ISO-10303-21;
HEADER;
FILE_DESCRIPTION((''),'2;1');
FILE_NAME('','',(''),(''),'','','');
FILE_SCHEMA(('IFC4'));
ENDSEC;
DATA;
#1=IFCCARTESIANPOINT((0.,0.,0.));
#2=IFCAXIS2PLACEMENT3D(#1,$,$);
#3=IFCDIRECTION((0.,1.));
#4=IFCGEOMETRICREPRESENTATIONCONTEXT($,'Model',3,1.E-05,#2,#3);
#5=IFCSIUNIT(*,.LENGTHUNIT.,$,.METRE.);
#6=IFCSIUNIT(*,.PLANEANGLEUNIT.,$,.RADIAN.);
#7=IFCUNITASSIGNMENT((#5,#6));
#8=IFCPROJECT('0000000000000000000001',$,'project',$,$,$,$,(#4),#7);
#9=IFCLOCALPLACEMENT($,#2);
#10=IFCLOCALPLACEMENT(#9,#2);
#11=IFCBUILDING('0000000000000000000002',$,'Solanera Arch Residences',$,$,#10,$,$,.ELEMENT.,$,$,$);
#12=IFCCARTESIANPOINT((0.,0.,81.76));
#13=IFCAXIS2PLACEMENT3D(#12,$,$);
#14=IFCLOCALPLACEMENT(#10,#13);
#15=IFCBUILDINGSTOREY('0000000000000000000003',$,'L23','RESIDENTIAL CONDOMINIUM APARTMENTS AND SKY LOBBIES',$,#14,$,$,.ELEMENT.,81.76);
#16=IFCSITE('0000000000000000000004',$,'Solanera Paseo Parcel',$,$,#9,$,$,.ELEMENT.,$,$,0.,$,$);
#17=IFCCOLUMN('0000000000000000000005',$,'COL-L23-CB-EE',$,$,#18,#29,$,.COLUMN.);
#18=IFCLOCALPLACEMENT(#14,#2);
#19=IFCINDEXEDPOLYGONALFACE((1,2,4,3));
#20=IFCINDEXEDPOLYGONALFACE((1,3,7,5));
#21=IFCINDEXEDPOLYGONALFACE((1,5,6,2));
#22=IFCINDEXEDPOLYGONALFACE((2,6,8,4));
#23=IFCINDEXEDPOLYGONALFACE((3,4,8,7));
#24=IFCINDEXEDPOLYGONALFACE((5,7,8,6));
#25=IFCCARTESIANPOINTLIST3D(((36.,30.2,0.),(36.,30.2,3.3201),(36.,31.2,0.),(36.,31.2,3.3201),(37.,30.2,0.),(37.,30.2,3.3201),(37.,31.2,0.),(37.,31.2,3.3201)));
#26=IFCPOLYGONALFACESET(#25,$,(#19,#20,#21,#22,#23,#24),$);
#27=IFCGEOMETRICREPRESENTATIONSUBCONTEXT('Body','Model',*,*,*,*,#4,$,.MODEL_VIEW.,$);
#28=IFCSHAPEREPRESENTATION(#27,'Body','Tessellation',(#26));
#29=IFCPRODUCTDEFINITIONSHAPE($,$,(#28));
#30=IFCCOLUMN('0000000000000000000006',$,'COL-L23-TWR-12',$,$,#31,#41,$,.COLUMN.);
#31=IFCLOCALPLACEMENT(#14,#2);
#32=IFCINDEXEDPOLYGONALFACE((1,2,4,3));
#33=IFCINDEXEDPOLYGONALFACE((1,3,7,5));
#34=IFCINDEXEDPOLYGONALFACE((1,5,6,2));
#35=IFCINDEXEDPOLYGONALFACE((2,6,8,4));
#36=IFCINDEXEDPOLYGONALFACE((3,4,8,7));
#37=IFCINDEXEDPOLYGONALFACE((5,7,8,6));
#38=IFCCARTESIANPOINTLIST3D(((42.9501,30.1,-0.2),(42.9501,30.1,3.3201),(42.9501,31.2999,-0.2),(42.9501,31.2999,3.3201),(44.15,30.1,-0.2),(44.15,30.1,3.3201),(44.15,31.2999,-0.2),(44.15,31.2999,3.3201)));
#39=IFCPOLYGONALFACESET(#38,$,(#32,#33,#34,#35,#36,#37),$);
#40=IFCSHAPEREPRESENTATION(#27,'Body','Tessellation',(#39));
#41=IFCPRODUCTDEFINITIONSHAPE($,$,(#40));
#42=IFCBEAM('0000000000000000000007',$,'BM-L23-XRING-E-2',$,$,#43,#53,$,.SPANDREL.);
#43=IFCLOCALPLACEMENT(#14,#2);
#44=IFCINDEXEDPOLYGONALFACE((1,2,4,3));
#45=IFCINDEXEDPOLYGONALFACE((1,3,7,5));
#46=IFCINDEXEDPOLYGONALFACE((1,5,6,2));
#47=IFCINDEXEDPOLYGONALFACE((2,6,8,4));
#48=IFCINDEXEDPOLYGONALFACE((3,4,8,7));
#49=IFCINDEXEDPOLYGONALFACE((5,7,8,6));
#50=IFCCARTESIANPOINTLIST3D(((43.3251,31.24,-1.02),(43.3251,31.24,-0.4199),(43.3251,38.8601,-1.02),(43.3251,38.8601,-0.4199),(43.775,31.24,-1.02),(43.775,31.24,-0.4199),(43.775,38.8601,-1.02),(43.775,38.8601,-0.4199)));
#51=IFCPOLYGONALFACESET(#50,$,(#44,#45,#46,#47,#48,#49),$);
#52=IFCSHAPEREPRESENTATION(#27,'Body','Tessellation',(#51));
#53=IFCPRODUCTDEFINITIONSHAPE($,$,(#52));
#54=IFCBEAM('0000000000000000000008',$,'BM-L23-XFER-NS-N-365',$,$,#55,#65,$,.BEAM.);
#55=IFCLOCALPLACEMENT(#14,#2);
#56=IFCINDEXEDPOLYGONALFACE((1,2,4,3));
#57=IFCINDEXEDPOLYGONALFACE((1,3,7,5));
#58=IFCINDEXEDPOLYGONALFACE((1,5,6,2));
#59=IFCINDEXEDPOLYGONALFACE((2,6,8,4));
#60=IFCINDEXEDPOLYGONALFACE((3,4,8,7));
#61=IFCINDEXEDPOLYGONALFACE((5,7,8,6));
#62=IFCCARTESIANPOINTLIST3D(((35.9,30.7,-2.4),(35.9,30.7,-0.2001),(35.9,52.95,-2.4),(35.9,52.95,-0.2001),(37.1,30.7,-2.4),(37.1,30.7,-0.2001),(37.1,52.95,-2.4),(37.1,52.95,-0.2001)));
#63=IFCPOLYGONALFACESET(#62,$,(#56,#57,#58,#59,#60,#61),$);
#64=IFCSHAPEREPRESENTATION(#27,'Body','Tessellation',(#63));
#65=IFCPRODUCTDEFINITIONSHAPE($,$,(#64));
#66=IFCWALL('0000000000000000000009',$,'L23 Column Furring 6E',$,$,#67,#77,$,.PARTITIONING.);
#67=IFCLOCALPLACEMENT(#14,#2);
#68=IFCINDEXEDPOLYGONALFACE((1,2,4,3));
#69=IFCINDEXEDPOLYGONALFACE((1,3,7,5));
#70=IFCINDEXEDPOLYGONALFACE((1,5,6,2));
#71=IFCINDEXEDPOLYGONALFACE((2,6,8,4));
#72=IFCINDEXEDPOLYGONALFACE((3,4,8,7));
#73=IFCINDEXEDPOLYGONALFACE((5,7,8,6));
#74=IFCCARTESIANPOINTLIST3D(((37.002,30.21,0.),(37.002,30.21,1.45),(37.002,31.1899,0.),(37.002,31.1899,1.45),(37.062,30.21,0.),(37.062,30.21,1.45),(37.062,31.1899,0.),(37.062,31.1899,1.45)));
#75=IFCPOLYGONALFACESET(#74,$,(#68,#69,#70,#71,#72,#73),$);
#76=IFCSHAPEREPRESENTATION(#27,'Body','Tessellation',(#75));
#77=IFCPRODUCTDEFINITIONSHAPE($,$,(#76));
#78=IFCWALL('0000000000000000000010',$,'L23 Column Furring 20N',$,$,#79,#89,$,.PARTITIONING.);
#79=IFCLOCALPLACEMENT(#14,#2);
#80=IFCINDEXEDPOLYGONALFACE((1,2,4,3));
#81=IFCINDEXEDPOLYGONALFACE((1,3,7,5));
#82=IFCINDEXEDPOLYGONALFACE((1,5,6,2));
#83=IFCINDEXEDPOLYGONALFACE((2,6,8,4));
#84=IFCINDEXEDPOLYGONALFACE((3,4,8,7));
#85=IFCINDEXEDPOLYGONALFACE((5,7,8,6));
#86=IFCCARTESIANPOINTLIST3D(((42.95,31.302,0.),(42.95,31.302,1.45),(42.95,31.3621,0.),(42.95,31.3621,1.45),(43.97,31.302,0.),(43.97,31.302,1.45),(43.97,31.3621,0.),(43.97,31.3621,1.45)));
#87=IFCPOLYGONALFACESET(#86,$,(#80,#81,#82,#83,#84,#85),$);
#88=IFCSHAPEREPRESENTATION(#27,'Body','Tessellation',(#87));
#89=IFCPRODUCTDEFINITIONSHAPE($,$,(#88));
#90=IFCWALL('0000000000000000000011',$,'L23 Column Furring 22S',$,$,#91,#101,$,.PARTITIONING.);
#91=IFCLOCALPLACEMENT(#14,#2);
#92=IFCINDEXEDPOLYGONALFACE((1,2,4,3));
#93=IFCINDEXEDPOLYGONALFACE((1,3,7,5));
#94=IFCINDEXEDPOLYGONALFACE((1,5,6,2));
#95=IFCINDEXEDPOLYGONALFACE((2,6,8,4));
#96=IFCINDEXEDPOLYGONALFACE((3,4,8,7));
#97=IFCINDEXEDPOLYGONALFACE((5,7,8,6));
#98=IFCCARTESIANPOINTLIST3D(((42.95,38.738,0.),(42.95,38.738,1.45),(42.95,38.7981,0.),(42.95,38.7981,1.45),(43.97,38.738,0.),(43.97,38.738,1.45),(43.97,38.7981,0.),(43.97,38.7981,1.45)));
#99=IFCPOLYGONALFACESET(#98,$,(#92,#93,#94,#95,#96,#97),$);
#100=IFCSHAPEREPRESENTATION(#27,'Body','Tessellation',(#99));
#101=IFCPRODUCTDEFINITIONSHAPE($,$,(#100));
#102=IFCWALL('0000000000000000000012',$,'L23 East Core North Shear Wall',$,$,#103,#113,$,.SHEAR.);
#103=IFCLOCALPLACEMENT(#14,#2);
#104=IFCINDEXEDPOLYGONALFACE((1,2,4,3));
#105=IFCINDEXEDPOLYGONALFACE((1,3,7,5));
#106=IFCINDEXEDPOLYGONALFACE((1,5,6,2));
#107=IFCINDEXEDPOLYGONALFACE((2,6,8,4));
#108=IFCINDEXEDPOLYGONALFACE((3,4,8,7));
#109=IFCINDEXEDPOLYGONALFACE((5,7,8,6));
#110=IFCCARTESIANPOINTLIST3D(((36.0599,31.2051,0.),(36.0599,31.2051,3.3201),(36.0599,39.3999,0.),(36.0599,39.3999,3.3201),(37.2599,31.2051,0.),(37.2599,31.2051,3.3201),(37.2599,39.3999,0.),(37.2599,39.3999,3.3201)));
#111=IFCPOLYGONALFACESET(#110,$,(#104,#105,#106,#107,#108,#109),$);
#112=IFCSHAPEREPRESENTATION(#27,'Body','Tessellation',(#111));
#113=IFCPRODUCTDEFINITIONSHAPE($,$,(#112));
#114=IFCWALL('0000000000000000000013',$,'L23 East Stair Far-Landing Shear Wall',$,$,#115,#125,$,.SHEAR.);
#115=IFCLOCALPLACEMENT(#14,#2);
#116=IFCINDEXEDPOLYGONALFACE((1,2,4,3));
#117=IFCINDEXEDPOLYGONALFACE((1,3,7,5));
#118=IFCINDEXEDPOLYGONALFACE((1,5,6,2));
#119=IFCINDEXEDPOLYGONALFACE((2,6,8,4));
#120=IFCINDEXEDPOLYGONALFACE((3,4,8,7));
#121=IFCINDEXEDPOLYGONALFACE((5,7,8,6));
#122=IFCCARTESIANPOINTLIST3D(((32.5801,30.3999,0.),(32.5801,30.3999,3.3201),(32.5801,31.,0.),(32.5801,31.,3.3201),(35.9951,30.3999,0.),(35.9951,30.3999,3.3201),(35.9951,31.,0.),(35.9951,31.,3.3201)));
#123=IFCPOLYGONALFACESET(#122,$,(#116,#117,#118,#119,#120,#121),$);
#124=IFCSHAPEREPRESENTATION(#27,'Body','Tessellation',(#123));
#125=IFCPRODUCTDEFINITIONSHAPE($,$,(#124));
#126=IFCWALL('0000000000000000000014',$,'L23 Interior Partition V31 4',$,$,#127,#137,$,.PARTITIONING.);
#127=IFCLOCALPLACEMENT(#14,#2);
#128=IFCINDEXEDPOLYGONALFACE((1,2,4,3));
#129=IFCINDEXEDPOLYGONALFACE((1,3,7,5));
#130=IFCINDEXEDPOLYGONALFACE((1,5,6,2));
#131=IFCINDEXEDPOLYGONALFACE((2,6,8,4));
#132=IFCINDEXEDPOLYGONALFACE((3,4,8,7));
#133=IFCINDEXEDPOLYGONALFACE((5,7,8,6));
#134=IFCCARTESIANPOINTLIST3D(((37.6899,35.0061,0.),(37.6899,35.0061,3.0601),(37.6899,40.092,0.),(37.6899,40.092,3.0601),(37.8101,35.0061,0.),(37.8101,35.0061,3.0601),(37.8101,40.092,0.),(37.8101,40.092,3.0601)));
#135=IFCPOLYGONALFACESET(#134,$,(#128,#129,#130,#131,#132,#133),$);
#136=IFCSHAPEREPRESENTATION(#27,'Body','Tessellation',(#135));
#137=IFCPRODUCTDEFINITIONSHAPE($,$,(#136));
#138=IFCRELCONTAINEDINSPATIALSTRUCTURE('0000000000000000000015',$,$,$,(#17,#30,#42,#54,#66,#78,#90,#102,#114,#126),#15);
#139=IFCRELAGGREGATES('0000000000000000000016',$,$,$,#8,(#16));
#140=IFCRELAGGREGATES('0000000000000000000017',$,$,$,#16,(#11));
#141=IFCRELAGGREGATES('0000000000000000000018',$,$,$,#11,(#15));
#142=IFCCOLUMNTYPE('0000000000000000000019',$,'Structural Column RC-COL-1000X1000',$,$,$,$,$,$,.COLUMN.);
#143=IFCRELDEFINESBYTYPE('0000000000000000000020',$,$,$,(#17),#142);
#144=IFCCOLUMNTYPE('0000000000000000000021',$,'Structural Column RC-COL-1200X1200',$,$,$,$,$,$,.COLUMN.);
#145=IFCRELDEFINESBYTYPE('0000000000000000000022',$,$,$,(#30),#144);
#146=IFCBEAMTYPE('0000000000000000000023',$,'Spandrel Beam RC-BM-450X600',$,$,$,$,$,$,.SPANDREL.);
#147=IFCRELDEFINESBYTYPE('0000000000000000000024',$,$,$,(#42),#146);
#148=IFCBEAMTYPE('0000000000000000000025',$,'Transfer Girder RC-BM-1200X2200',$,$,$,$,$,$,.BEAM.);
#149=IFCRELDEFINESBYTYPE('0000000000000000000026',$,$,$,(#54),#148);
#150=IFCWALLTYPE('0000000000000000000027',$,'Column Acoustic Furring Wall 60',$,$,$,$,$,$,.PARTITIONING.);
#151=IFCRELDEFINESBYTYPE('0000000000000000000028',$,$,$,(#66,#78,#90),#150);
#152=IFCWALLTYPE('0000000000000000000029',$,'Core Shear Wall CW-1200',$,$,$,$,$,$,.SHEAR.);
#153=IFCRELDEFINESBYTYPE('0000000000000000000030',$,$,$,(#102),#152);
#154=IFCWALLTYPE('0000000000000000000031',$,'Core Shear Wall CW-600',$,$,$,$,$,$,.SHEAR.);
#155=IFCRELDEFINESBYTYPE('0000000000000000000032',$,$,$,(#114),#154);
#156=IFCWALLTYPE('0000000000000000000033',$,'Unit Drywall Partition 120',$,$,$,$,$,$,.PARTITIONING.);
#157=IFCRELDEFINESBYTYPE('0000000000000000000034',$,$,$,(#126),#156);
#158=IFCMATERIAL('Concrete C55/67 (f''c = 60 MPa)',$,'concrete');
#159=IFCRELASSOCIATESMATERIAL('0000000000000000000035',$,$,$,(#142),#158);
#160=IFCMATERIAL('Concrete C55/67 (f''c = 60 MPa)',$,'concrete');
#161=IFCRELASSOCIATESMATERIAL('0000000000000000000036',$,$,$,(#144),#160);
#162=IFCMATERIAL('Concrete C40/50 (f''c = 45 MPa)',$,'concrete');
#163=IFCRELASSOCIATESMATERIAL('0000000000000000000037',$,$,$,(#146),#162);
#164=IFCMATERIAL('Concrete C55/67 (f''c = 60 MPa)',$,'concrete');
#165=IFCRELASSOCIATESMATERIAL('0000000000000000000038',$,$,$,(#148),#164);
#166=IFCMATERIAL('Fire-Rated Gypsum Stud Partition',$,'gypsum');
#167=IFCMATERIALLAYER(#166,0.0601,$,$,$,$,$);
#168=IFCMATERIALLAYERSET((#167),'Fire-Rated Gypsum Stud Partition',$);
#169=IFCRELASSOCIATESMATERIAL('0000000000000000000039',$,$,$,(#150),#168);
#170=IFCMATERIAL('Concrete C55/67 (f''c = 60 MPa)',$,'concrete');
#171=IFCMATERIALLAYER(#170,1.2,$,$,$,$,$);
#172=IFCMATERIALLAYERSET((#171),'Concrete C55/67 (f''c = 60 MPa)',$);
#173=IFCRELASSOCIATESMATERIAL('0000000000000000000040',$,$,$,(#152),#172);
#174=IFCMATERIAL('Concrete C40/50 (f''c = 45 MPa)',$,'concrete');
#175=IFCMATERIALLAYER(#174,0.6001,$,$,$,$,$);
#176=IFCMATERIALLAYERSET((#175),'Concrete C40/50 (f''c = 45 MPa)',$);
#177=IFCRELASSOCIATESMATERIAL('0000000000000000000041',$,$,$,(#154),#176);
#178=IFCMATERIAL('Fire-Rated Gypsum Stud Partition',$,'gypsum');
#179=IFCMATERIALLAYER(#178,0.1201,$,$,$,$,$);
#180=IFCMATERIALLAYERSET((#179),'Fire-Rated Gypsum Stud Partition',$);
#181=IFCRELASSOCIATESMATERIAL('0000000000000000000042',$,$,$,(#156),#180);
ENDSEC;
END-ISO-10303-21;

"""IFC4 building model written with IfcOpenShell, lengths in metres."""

from ifc_helpers import new_model, si_unit, direction, frame, frame_2d, origin, origin_2d, place, context, subcontext, project, spatial, rectangle, extrude, material, layer, layer_set, material_profile, profile_set, type_object, element, save


model = new_model("IFC4")

# Units and contexts
model_context = context("Model", 3, precision=1e-05, world=origin(), true_north=direction((0.0, 1.0)))
body_context = subcontext(model_context, "Body", "Model", "MODEL_VIEW")
ifc_project = project(units=[si_unit("LENGTHUNIT", "METRE"), si_unit("PLANEANGLEUNIT", "RADIAN")], contexts=[model_context])

# Site, building, storey
site_placement = place(None, origin())
site = spatial("IfcSite", under=ifc_project, at=site_placement, Name="Solanera Paseo Parcel", CompositionType="ELEMENT", RefElevation=0.0)
building_placement = place(site_placement, origin())
building = spatial("IfcBuilding", under=site, at=building_placement, Name="Solanera Arch Residences", CompositionType="ELEMENT")
storey_placement = place(building_placement, frame((0.0, 0.0, 81.76)))
storey = spatial("IfcBuildingStorey", under=building, at=storey_placement, Name="L23", Description="RESIDENTIAL CONDOMINIUM APARTMENTS AND SKY LOBBIES", CompositionType="ELEMENT", Elevation=81.76)

# Columns
ifc_material_1 = material(Name="Concrete C55/67 (f'c = 60 MPa)", Category="concrete")
ifc_material_profile_1 = material_profile(ifc_material_1, rectangle(XDim=1.0, YDim=1.0, at=origin_2d()))
ifc_profile_set_1 = profile_set([ifc_material_profile_1], Name="Concrete C55/67 (f'c = 60 MPa)")
column_type_1 = type_object("IfcColumnType", Name="Structural Column RC-COL-1000X1000", PredefinedType="COLUMN", material=ifc_profile_set_1)
column_1_placement = place(storey_placement, frame((36.5, 30.7, 0.0), z_axis=(0.0, 0.0, 1.0), x_axis=(1.0, 0.0, 0.0)))
element("IfcColumn", 1, at=column_1_placement, inside=storey, type_object=column_type_1, Name="COL-L23-CB-EE", PredefinedType="COLUMN", context=body_context, shape_type="SweptSolid", body=[
    extrude(rectangle(XDim=1.0, YDim=1.0, at=origin_2d()), origin(), (0.0, 0.0, 1.0), 3.3201),
])
ifc_material_2 = material(Name="Concrete C55/67 (f'c = 60 MPa)", Category="concrete")
ifc_material_profile_2 = material_profile(ifc_material_2, rectangle(XDim=1.2, YDim=1.2, at=origin_2d()))
ifc_profile_set_2 = profile_set([ifc_material_profile_2], Name="Concrete C55/67 (f'c = 60 MPa)")
column_type_2 = type_object("IfcColumnType", Name="Structural Column RC-COL-1200X1200", PredefinedType="COLUMN", material=ifc_profile_set_2)
column_2_placement = place(storey_placement, frame((43.55, 30.7, -0.2), z_axis=(0.0, 0.0, 1.0), x_axis=(1.0, 0.0, 0.0)))
element("IfcColumn", 2, at=column_2_placement, inside=storey, type_object=column_type_2, Name="COL-L23-TWR-12", PredefinedType="COLUMN", context=body_context, shape_type="SweptSolid", body=[
    extrude(rectangle(XDim=1.2, YDim=1.2, at=origin_2d()), origin(), (0.0, 0.0, 1.0), 3.52),
])

# Beams
ifc_material_3 = material(Name="Concrete C40/50 (f'c = 45 MPa)", Category="concrete")
ifc_material_profile_3 = material_profile(ifc_material_3, rectangle(XDim=0.45, YDim=0.6001, at=origin_2d()))
ifc_profile_set_3 = profile_set([ifc_material_profile_3], Name="Concrete C40/50 (f'c = 45 MPa)")
beam_type_1 = type_object("IfcBeamType", Name="Spandrel Beam RC-BM-450X600", PredefinedType="SPANDREL", material=ifc_profile_set_3)
beam_1_placement = place(storey_placement, frame((43.55, 31.24, -0.72), z_axis=(0.0, 1.0, 0.0), x_axis=(-1.0, 0.0, 0.0)))
element("IfcBeam", 3, at=beam_1_placement, inside=storey, type_object=beam_type_1, Name="BM-L23-XRING-E-2", PredefinedType="SPANDREL", context=body_context, shape_type="SweptSolid", body=[
    extrude(rectangle(XDim=0.45, YDim=0.6001, at=origin_2d()), origin(), (0.0, 0.0, 1.0), 7.6201),
])
ifc_material_4 = material(Name="Concrete C55/67 (f'c = 60 MPa)", Category="concrete")
ifc_material_profile_4 = material_profile(ifc_material_4, rectangle(XDim=1.2, YDim=2.2, at=origin_2d()))
ifc_profile_set_4 = profile_set([ifc_material_profile_4], Name="Concrete C55/67 (f'c = 60 MPa)")
beam_type_2 = type_object("IfcBeamType", Name="Transfer Girder RC-BM-1200X2200", PredefinedType="BEAM", material=ifc_profile_set_4)
beam_2_placement = place(storey_placement, frame((36.5, 30.7, -1.3), z_axis=(0.0, 1.0, 0.0), x_axis=(-1.0, 0.0, 0.0)))
element("IfcBeam", 4, at=beam_2_placement, inside=storey, type_object=beam_type_2, Name="BM-L23-XFER-NS-N-365", PredefinedType="BEAM", context=body_context, shape_type="SweptSolid", body=[
    extrude(rectangle(XDim=1.2, YDim=2.2, at=origin_2d()), origin(), (0.0, 0.0, 1.0), 22.25),
])

# Walls
ifc_material_5 = material(Name="Fire-Rated Gypsum Stud Partition", Category="gypsum")
ifc_layer_1 = layer(ifc_material_5, 0.0601)
ifc_layer_set_1 = layer_set([ifc_layer_1], Name="Fire-Rated Gypsum Stud Partition")
wall_type_1 = type_object("IfcWallType", Name="Column Acoustic Furring Wall 60", PredefinedType="PARTITIONING", material=ifc_layer_set_1)
wall_1_placement = place(storey_placement, frame((37.032, 30.21, 0.0), z_axis=(0.0, 0.0, 1.0), x_axis=(0.0, 1.0, 0.0)))
element("IfcWall", 5, at=wall_1_placement, inside=storey, type_object=wall_type_1, Name="L23 Column Furring 6E", PredefinedType="PARTITIONING", context=body_context, shape_type="SweptSolid", body=[
    extrude(rectangle(XDim=0.98, YDim=0.0601, at=frame_2d((0.49, 0.0))), origin(), (0.0, 0.0, 1.0), 1.45),
])
for number, where, z_axis, x_axis, name in (
    (6, (42.95, 31.332, 0.0), (0.0, 0.0, 1.0), (1.0, 0.0, 0.0), "L23 Column Furring 20N"),
    (7, (42.95, 38.7681, 0.0), (0.0, 0.0, 1.0), (1.0, 0.0, 0.0), "L23 Column Furring 22S"),
):
    element("IfcWall", number, at=place(storey_placement, frame(where, z_axis=z_axis, x_axis=x_axis)), inside=storey, type_object=wall_type_1, Name=name, PredefinedType="PARTITIONING", context=body_context, shape_type="SweptSolid", body=[
        extrude(rectangle(XDim=1.02, YDim=0.0601, at=frame_2d((0.51, 0.0))), origin(), (0.0, 0.0, 1.0), 1.45),
    ])
ifc_material_6 = material(Name="Concrete C55/67 (f'c = 60 MPa)", Category="concrete")
ifc_layer_2 = layer(ifc_material_6, 1.2)
ifc_layer_set_2 = layer_set([ifc_layer_2], Name="Concrete C55/67 (f'c = 60 MPa)")
wall_type_2 = type_object("IfcWallType", Name="Core Shear Wall CW-1200", PredefinedType="SHEAR", material=ifc_layer_set_2)
wall_2_placement = place(storey_placement, frame((36.6599, 31.2051, 0.0), z_axis=(0.0, 0.0, 1.0), x_axis=(0.0, 1.0, 0.0)))
element("IfcWall", 8, at=wall_2_placement, inside=storey, type_object=wall_type_2, Name="L23 East Core North Shear Wall", PredefinedType="SHEAR", context=body_context, shape_type="SweptSolid", body=[
    extrude(rectangle(XDim=8.1948, YDim=1.2, at=frame_2d((4.0974, 0.0))), origin(), (0.0, 0.0, 1.0), 3.3201),
])

# Walls
ifc_material_7 = material(Name="Concrete C40/50 (f'c = 45 MPa)", Category="concrete")
ifc_layer_3 = layer(ifc_material_7, 0.6001)
ifc_layer_set_3 = layer_set([ifc_layer_3], Name="Concrete C40/50 (f'c = 45 MPa)")
wall_type_3 = type_object("IfcWallType", Name="Core Shear Wall CW-600", PredefinedType="SHEAR", material=ifc_layer_set_3)
wall_3_placement = place(storey_placement, frame((32.5801, 30.7, 0.0), z_axis=(0.0, 0.0, 1.0), x_axis=(1.0, 0.0, 0.0)))
element("IfcWall", 9, at=wall_3_placement, inside=storey, type_object=wall_type_3, Name="L23 East Stair Far-Landing Shear Wall", PredefinedType="SHEAR", context=body_context, shape_type="SweptSolid", body=[
    extrude(rectangle(XDim=3.415, YDim=0.6001, at=frame_2d((1.7075, 0.0))), origin(), (0.0, 0.0, 1.0), 3.3201),
])
ifc_material_8 = material(Name="Fire-Rated Gypsum Stud Partition", Category="gypsum")
ifc_layer_4 = layer(ifc_material_8, 0.1201)
ifc_layer_set_4 = layer_set([ifc_layer_4], Name="Fire-Rated Gypsum Stud Partition")
wall_type_4 = type_object("IfcWallType", Name="Unit Drywall Partition 120", PredefinedType="PARTITIONING", material=ifc_layer_set_4)
wall_4_placement = place(storey_placement, frame((37.75, 35.0061, 0.0), z_axis=(0.0, 0.0, 1.0), x_axis=(0.0, 1.0, 0.0)))
element("IfcWall", 10, at=wall_4_placement, inside=storey, type_object=wall_type_4, Name="L23 Interior Partition V31 4", PredefinedType="PARTITIONING", context=body_context, shape_type="SweptSolid", body=[
    extrude(rectangle(XDim=5.0859, YDim=0.1201, at=frame_2d((2.543, 0.0))), origin(), (0.0, 0.0, 1.0), 3.0601),
])

save(model, "model.ifc")
